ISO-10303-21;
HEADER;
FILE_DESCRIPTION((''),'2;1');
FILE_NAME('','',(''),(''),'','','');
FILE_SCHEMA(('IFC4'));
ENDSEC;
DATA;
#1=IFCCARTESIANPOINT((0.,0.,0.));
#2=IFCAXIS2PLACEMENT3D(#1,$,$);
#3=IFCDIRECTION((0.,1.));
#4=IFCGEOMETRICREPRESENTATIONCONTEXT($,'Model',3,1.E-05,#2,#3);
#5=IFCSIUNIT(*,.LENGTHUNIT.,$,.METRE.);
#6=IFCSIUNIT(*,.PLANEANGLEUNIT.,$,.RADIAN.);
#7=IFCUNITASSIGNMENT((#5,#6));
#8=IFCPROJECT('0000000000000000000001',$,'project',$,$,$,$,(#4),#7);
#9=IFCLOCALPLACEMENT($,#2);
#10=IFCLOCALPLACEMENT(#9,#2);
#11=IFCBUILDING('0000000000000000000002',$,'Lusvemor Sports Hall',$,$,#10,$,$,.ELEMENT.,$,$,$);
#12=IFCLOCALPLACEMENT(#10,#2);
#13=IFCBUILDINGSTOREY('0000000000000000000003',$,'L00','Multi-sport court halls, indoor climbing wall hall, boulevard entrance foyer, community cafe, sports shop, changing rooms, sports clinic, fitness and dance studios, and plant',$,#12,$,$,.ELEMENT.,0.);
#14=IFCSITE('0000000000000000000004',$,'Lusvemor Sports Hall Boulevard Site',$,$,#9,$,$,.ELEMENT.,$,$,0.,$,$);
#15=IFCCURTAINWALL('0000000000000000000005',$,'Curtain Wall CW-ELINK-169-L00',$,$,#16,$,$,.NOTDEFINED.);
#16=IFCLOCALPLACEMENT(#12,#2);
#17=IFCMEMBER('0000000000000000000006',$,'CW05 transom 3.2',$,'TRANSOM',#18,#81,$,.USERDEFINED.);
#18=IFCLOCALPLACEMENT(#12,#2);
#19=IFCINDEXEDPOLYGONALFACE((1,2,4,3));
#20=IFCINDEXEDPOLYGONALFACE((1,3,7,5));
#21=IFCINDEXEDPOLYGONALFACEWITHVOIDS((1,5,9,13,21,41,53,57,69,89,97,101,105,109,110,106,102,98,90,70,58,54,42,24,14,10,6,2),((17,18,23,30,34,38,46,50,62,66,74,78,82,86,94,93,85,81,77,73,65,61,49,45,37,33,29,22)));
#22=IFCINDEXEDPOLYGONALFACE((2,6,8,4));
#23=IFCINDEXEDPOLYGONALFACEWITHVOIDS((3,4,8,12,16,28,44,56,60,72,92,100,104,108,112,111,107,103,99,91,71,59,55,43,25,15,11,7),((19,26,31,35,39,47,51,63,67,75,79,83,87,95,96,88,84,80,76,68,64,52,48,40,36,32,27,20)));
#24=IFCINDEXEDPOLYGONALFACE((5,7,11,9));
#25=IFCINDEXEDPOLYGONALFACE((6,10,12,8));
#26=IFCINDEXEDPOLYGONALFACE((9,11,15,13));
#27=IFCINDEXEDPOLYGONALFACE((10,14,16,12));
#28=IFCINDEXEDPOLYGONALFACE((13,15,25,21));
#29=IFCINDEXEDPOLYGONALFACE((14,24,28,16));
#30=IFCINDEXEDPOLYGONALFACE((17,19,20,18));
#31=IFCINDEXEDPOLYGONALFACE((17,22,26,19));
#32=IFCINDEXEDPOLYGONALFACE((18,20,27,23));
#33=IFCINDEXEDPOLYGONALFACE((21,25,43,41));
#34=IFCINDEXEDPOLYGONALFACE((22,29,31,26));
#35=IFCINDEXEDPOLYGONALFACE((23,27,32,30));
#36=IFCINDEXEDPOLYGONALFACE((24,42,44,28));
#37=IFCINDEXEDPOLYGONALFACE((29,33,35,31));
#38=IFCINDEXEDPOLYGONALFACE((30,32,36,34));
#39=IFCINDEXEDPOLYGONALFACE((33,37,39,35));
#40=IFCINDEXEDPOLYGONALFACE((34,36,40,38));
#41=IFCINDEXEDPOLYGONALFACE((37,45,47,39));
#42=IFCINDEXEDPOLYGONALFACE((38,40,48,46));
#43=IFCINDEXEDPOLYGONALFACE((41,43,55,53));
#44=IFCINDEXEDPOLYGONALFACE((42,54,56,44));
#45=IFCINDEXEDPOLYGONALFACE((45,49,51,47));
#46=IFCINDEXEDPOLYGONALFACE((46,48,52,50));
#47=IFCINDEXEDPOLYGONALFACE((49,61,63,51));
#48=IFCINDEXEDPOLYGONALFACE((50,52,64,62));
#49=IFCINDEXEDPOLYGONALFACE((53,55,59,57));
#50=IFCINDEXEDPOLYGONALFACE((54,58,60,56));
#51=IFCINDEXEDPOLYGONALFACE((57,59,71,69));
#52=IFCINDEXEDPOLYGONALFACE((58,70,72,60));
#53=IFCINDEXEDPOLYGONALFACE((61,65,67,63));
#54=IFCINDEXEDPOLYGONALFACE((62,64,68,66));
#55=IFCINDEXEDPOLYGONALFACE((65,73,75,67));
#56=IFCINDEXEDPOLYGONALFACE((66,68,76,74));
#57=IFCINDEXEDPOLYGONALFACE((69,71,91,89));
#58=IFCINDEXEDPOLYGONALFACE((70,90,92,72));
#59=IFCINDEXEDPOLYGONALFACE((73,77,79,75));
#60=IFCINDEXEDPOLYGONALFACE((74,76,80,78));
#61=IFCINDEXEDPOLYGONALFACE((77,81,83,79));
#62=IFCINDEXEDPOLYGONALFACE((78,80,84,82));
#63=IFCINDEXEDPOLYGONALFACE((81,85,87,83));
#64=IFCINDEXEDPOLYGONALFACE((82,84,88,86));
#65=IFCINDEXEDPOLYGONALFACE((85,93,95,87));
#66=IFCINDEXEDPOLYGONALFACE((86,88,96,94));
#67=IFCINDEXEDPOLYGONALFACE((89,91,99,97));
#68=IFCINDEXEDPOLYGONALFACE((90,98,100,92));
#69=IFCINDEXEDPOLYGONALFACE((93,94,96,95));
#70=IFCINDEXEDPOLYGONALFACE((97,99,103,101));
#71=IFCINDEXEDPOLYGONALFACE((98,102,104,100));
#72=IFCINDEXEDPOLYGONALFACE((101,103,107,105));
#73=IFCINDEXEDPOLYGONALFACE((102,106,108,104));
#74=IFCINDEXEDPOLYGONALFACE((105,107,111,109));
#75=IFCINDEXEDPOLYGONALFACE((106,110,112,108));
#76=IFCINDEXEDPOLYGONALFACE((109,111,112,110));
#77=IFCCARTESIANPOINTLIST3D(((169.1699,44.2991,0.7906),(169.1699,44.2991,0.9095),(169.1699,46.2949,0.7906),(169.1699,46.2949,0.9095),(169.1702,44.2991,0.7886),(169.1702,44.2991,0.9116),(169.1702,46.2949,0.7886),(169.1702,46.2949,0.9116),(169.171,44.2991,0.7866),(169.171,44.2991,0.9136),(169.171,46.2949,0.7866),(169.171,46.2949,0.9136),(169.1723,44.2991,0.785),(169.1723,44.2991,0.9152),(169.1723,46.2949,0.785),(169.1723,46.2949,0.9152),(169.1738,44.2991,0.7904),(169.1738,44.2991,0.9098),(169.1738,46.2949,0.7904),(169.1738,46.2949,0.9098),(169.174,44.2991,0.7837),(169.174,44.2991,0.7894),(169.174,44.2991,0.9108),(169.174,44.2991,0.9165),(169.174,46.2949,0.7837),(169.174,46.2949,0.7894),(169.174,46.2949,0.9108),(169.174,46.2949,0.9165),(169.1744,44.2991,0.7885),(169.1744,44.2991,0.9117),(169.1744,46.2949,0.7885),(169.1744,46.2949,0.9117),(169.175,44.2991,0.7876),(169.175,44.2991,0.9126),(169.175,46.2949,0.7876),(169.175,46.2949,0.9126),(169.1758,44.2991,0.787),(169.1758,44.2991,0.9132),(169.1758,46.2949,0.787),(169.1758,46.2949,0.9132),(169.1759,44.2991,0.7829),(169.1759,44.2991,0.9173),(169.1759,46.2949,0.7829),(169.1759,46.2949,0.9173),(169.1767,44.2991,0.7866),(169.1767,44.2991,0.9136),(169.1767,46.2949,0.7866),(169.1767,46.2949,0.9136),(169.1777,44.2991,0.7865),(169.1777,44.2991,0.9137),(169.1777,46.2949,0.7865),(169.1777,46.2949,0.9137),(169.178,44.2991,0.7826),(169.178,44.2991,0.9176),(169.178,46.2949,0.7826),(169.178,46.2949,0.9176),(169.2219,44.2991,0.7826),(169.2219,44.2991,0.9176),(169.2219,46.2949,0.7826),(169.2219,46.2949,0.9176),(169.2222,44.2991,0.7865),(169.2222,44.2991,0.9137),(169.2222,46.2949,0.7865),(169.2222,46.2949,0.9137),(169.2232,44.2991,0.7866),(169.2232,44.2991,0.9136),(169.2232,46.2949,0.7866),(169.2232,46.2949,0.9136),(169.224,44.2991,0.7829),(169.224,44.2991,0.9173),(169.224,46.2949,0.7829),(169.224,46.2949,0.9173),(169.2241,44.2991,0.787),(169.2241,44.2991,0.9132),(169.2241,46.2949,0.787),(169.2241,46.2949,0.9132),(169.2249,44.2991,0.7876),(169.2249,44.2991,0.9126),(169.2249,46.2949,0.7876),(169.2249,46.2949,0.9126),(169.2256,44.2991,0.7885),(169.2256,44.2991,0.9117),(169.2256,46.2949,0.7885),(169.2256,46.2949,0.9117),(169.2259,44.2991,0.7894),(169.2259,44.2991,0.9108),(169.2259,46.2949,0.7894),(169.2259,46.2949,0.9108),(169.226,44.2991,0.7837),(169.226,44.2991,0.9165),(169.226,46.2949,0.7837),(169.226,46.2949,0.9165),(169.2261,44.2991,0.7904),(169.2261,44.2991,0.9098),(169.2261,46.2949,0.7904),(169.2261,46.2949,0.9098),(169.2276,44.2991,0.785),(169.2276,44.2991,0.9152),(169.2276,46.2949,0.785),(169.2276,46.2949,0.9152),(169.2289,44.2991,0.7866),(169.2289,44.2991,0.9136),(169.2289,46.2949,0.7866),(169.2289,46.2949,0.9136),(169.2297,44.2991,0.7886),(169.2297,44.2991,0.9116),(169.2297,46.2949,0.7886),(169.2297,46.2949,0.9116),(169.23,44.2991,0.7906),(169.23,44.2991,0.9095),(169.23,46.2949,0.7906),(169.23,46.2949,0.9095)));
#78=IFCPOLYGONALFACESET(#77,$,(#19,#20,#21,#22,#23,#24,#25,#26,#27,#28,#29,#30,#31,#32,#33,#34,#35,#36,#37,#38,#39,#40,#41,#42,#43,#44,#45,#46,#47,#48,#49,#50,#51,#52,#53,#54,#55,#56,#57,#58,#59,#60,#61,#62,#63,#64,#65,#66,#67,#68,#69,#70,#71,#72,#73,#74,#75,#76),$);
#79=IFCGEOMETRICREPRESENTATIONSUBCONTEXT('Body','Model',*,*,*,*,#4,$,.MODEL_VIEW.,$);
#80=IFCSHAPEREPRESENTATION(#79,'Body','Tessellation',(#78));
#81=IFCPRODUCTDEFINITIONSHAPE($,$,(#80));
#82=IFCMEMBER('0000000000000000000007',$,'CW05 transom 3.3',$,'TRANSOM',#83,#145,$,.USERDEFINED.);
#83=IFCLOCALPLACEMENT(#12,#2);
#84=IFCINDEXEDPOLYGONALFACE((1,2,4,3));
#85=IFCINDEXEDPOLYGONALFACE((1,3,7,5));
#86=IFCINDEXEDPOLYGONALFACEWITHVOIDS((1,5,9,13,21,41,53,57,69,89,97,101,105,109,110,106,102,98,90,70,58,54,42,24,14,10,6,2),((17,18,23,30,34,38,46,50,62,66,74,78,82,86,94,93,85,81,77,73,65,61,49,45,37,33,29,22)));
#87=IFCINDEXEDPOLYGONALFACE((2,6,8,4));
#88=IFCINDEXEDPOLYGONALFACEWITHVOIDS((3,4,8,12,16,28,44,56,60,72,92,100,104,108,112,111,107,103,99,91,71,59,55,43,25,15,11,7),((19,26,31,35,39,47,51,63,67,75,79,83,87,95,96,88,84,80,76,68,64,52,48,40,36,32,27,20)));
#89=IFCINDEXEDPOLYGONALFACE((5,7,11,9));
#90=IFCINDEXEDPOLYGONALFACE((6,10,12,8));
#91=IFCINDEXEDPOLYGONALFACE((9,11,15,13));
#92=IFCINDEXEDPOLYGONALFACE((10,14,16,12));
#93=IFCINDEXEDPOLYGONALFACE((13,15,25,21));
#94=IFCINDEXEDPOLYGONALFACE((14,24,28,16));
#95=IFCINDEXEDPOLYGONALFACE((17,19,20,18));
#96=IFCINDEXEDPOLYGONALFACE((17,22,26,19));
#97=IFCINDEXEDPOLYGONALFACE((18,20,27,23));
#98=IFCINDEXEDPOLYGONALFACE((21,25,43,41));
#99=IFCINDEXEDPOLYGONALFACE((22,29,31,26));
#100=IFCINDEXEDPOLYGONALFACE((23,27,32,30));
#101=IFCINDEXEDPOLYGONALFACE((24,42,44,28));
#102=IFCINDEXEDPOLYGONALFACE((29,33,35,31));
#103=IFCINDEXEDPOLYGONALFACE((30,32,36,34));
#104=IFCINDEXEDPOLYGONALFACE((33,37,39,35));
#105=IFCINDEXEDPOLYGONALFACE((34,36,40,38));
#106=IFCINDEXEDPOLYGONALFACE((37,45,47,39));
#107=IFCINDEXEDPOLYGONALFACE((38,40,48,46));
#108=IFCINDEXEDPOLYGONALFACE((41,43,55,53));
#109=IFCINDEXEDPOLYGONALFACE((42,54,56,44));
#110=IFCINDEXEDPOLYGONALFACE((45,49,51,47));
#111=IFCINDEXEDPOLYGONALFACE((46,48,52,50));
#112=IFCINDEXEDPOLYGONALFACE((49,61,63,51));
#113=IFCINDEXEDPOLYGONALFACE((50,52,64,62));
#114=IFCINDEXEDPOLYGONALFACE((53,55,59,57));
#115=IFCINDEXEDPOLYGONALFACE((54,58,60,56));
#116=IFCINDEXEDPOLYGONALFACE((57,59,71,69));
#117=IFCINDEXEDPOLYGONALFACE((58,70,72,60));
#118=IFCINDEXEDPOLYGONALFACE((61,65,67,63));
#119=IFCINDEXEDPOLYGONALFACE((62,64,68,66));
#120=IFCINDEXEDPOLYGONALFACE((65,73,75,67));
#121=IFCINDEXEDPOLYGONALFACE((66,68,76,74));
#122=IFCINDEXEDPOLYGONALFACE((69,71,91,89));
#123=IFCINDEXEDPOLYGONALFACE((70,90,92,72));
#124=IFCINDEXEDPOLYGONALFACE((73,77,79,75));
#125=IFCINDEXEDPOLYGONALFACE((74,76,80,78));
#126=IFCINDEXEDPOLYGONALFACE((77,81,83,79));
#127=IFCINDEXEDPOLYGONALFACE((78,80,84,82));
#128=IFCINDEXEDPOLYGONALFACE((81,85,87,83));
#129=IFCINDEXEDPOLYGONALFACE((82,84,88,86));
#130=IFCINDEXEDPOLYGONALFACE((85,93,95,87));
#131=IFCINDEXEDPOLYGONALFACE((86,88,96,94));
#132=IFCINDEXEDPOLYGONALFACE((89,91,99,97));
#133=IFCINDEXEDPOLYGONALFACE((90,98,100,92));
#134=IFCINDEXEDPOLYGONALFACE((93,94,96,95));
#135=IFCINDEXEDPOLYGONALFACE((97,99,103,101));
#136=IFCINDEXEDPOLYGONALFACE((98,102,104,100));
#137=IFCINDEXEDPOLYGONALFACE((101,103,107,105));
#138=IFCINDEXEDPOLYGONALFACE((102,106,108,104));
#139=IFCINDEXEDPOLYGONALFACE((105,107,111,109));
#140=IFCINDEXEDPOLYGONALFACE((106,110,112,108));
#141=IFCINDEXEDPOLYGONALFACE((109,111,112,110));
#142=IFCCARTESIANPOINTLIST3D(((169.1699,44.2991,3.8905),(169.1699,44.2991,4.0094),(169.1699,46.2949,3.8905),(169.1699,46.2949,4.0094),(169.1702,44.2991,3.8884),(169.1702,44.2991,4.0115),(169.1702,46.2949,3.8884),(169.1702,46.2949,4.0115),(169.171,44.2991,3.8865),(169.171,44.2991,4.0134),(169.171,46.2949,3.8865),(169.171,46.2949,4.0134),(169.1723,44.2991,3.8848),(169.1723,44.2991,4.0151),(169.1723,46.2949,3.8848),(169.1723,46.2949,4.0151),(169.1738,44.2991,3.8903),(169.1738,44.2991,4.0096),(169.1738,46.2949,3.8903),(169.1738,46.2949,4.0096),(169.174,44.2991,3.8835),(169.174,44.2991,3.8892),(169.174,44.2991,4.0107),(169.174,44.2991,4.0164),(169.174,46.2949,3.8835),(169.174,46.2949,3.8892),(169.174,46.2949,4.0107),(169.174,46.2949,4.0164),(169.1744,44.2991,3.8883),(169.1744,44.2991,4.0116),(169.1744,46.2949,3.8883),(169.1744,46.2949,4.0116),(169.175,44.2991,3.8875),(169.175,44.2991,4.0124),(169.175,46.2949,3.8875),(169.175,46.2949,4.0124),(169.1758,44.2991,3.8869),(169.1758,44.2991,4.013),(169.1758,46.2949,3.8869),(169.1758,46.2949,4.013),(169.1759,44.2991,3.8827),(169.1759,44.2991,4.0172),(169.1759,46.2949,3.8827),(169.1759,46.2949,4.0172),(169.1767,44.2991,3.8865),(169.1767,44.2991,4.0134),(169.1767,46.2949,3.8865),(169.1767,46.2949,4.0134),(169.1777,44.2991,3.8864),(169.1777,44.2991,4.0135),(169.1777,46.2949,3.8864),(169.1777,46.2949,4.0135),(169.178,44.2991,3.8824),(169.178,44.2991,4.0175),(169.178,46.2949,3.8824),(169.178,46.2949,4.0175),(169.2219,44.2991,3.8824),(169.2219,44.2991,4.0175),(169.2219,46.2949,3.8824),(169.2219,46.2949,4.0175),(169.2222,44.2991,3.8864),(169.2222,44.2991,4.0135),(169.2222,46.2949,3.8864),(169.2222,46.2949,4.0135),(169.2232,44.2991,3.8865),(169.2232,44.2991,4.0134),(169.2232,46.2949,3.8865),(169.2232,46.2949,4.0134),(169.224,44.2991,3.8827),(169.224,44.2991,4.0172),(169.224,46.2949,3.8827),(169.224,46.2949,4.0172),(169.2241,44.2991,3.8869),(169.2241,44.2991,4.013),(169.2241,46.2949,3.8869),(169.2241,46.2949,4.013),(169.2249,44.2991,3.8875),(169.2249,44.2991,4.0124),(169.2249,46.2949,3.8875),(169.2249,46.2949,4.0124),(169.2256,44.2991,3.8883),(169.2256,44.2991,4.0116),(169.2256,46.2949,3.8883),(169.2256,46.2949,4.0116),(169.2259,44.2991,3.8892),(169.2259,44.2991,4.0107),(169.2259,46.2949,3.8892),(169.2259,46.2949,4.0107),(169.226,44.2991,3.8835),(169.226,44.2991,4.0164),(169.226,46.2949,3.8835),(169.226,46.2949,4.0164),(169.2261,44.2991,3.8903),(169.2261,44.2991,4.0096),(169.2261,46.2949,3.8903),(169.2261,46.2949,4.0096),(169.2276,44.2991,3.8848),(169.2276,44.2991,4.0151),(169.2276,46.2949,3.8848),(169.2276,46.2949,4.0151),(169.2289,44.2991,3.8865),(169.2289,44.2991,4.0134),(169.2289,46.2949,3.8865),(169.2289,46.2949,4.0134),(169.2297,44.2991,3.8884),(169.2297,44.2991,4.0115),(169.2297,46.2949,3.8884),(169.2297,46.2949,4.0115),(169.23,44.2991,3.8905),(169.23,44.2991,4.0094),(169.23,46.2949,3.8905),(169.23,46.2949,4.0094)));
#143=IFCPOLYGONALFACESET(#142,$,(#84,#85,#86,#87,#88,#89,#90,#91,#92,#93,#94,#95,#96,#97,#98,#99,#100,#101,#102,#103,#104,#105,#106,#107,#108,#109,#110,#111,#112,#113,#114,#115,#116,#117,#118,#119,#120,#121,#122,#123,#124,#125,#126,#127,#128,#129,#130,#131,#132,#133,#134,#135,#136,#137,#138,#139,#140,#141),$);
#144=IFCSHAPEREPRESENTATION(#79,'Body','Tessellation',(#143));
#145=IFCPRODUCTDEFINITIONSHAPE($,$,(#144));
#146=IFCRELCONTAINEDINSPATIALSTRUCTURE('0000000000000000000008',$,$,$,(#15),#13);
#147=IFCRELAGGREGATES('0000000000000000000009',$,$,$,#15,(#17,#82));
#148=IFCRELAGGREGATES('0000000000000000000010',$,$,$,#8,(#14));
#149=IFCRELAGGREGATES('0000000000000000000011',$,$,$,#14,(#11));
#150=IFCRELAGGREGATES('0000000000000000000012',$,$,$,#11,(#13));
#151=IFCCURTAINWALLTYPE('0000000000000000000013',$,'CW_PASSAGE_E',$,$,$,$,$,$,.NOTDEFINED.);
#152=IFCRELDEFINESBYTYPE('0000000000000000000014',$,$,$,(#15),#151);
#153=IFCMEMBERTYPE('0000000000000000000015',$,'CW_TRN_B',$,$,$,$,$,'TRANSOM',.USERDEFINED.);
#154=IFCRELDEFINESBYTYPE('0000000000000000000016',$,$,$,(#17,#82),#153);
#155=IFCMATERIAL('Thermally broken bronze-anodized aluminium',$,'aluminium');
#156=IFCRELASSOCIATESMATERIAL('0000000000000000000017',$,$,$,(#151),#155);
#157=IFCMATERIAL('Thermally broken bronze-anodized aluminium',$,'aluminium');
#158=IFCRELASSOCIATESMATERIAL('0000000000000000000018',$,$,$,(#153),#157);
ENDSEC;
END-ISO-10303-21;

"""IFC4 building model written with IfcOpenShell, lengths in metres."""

from ifc_helpers import new_model, si_unit, direction, frame, origin, origin_2d, place, context, subcontext, project, spatial, hollow_rectangle, extrude, material, material_profile, profile_set, type_object, element, aggregate, save


model = new_model("IFC4")

# Units and contexts
model_context = context("Model", 3, precision=1e-05, world=origin(), true_north=direction((0.0, 1.0)))
body_context = subcontext(model_context, "Body", "Model", "MODEL_VIEW")
ifc_project = project(units=[si_unit("LENGTHUNIT", "METRE"), si_unit("PLANEANGLEUNIT", "RADIAN")], contexts=[model_context])

# Site, building, storey
site_placement = place(None, origin())
site = spatial("IfcSite", under=ifc_project, at=site_placement, Name="Lusvemor Sports Hall Boulevard Site", CompositionType="ELEMENT", RefElevation=0.0)
building_placement = place(site_placement, origin())
building = spatial("IfcBuilding", under=site, at=building_placement, Name="Lusvemor Sports Hall", CompositionType="ELEMENT")
storey_placement = place(building_placement, origin())
storey = spatial("IfcBuildingStorey", under=building, at=storey_placement, Name="L00", Description="Multi-sport court halls, indoor climbing wall hall, boulevard entrance foyer, community cafe, sports shop, changing rooms, sports clinic, fitness and dance studios, and plant", CompositionType="ELEMENT", Elevation=0.0)

# Curtain wall, members
ifc_material_1 = material(Name="Thermally broken bronze-anodized aluminium", Category="aluminium")
curtain_wall_type = type_object("IfcCurtainWallType", Name="CW_PASSAGE_E", PredefinedType="NOTDEFINED", material=ifc_material_1)
curtain_wall_placement = place(storey_placement, origin())
curtain_wall = element("IfcCurtainWall", 1, at=curtain_wall_placement, inside=storey, type_object=curtain_wall_type, Name="Curtain Wall CW-ELINK-169-L00", PredefinedType="NOTDEFINED")
ifc_material_2 = material(Name="Thermally broken bronze-anodized aluminium", Category="aluminium")
ifc_material_profile_1 = material_profile(ifc_material_2, hollow_rectangle(XDim=0.0601, YDim=0.135, WallThickness=0.0039, InnerFilletRadius=0.0039, OuterFilletRadius=0.0081, at=origin_2d()), Name="CWTRN135x60x4")
ifc_profile_set_1 = profile_set([ifc_material_profile_1], Name="Thermally broken bronze-anodized aluminium")
member_type_1 = type_object("IfcMemberType", Name="CW_TRN_B", ElementType="TRANSOM", PredefinedType="USERDEFINED", material=ifc_profile_set_1)
member_1_placement = place(storey_placement, frame((169.2, 44.2991, 0.8501), z_axis=(0.0, 1.0, 0.0), x_axis=(-1.0, 0.0, 0.0)))
member_1 = element("IfcMember", 2, at=member_1_placement, type_object=member_type_1, Name="CW05 transom 3.2", ObjectType="TRANSOM", PredefinedType="USERDEFINED", context=body_context, shape_type="SweptSolid", body=[
    extrude(hollow_rectangle(XDim=0.0601, YDim=0.135, WallThickness=0.0039, InnerFilletRadius=0.0039, OuterFilletRadius=0.0081, at=origin_2d()), origin(), (0.0, 0.0, 1.0), 1.9958),
])
member_2_placement = place(storey_placement, frame((169.2, 44.2991, 3.95), z_axis=(0.0, 1.0, 0.0), x_axis=(-1.0, 0.0, 0.0)))
member_2 = element("IfcMember", 3, at=member_2_placement, type_object=member_type_1, Name="CW05 transom 3.3", ObjectType="TRANSOM", PredefinedType="USERDEFINED", context=body_context, shape_type="SweptSolid", body=[
    extrude(hollow_rectangle(XDim=0.0601, YDim=0.135, WallThickness=0.0039, InnerFilletRadius=0.0039, OuterFilletRadius=0.0081, at=origin_2d()), origin(), (0.0, 0.0, 1.0), 1.9958),
])
aggregate(curtain_wall, [member_1, member_2])

save(model, "model.ifc")
